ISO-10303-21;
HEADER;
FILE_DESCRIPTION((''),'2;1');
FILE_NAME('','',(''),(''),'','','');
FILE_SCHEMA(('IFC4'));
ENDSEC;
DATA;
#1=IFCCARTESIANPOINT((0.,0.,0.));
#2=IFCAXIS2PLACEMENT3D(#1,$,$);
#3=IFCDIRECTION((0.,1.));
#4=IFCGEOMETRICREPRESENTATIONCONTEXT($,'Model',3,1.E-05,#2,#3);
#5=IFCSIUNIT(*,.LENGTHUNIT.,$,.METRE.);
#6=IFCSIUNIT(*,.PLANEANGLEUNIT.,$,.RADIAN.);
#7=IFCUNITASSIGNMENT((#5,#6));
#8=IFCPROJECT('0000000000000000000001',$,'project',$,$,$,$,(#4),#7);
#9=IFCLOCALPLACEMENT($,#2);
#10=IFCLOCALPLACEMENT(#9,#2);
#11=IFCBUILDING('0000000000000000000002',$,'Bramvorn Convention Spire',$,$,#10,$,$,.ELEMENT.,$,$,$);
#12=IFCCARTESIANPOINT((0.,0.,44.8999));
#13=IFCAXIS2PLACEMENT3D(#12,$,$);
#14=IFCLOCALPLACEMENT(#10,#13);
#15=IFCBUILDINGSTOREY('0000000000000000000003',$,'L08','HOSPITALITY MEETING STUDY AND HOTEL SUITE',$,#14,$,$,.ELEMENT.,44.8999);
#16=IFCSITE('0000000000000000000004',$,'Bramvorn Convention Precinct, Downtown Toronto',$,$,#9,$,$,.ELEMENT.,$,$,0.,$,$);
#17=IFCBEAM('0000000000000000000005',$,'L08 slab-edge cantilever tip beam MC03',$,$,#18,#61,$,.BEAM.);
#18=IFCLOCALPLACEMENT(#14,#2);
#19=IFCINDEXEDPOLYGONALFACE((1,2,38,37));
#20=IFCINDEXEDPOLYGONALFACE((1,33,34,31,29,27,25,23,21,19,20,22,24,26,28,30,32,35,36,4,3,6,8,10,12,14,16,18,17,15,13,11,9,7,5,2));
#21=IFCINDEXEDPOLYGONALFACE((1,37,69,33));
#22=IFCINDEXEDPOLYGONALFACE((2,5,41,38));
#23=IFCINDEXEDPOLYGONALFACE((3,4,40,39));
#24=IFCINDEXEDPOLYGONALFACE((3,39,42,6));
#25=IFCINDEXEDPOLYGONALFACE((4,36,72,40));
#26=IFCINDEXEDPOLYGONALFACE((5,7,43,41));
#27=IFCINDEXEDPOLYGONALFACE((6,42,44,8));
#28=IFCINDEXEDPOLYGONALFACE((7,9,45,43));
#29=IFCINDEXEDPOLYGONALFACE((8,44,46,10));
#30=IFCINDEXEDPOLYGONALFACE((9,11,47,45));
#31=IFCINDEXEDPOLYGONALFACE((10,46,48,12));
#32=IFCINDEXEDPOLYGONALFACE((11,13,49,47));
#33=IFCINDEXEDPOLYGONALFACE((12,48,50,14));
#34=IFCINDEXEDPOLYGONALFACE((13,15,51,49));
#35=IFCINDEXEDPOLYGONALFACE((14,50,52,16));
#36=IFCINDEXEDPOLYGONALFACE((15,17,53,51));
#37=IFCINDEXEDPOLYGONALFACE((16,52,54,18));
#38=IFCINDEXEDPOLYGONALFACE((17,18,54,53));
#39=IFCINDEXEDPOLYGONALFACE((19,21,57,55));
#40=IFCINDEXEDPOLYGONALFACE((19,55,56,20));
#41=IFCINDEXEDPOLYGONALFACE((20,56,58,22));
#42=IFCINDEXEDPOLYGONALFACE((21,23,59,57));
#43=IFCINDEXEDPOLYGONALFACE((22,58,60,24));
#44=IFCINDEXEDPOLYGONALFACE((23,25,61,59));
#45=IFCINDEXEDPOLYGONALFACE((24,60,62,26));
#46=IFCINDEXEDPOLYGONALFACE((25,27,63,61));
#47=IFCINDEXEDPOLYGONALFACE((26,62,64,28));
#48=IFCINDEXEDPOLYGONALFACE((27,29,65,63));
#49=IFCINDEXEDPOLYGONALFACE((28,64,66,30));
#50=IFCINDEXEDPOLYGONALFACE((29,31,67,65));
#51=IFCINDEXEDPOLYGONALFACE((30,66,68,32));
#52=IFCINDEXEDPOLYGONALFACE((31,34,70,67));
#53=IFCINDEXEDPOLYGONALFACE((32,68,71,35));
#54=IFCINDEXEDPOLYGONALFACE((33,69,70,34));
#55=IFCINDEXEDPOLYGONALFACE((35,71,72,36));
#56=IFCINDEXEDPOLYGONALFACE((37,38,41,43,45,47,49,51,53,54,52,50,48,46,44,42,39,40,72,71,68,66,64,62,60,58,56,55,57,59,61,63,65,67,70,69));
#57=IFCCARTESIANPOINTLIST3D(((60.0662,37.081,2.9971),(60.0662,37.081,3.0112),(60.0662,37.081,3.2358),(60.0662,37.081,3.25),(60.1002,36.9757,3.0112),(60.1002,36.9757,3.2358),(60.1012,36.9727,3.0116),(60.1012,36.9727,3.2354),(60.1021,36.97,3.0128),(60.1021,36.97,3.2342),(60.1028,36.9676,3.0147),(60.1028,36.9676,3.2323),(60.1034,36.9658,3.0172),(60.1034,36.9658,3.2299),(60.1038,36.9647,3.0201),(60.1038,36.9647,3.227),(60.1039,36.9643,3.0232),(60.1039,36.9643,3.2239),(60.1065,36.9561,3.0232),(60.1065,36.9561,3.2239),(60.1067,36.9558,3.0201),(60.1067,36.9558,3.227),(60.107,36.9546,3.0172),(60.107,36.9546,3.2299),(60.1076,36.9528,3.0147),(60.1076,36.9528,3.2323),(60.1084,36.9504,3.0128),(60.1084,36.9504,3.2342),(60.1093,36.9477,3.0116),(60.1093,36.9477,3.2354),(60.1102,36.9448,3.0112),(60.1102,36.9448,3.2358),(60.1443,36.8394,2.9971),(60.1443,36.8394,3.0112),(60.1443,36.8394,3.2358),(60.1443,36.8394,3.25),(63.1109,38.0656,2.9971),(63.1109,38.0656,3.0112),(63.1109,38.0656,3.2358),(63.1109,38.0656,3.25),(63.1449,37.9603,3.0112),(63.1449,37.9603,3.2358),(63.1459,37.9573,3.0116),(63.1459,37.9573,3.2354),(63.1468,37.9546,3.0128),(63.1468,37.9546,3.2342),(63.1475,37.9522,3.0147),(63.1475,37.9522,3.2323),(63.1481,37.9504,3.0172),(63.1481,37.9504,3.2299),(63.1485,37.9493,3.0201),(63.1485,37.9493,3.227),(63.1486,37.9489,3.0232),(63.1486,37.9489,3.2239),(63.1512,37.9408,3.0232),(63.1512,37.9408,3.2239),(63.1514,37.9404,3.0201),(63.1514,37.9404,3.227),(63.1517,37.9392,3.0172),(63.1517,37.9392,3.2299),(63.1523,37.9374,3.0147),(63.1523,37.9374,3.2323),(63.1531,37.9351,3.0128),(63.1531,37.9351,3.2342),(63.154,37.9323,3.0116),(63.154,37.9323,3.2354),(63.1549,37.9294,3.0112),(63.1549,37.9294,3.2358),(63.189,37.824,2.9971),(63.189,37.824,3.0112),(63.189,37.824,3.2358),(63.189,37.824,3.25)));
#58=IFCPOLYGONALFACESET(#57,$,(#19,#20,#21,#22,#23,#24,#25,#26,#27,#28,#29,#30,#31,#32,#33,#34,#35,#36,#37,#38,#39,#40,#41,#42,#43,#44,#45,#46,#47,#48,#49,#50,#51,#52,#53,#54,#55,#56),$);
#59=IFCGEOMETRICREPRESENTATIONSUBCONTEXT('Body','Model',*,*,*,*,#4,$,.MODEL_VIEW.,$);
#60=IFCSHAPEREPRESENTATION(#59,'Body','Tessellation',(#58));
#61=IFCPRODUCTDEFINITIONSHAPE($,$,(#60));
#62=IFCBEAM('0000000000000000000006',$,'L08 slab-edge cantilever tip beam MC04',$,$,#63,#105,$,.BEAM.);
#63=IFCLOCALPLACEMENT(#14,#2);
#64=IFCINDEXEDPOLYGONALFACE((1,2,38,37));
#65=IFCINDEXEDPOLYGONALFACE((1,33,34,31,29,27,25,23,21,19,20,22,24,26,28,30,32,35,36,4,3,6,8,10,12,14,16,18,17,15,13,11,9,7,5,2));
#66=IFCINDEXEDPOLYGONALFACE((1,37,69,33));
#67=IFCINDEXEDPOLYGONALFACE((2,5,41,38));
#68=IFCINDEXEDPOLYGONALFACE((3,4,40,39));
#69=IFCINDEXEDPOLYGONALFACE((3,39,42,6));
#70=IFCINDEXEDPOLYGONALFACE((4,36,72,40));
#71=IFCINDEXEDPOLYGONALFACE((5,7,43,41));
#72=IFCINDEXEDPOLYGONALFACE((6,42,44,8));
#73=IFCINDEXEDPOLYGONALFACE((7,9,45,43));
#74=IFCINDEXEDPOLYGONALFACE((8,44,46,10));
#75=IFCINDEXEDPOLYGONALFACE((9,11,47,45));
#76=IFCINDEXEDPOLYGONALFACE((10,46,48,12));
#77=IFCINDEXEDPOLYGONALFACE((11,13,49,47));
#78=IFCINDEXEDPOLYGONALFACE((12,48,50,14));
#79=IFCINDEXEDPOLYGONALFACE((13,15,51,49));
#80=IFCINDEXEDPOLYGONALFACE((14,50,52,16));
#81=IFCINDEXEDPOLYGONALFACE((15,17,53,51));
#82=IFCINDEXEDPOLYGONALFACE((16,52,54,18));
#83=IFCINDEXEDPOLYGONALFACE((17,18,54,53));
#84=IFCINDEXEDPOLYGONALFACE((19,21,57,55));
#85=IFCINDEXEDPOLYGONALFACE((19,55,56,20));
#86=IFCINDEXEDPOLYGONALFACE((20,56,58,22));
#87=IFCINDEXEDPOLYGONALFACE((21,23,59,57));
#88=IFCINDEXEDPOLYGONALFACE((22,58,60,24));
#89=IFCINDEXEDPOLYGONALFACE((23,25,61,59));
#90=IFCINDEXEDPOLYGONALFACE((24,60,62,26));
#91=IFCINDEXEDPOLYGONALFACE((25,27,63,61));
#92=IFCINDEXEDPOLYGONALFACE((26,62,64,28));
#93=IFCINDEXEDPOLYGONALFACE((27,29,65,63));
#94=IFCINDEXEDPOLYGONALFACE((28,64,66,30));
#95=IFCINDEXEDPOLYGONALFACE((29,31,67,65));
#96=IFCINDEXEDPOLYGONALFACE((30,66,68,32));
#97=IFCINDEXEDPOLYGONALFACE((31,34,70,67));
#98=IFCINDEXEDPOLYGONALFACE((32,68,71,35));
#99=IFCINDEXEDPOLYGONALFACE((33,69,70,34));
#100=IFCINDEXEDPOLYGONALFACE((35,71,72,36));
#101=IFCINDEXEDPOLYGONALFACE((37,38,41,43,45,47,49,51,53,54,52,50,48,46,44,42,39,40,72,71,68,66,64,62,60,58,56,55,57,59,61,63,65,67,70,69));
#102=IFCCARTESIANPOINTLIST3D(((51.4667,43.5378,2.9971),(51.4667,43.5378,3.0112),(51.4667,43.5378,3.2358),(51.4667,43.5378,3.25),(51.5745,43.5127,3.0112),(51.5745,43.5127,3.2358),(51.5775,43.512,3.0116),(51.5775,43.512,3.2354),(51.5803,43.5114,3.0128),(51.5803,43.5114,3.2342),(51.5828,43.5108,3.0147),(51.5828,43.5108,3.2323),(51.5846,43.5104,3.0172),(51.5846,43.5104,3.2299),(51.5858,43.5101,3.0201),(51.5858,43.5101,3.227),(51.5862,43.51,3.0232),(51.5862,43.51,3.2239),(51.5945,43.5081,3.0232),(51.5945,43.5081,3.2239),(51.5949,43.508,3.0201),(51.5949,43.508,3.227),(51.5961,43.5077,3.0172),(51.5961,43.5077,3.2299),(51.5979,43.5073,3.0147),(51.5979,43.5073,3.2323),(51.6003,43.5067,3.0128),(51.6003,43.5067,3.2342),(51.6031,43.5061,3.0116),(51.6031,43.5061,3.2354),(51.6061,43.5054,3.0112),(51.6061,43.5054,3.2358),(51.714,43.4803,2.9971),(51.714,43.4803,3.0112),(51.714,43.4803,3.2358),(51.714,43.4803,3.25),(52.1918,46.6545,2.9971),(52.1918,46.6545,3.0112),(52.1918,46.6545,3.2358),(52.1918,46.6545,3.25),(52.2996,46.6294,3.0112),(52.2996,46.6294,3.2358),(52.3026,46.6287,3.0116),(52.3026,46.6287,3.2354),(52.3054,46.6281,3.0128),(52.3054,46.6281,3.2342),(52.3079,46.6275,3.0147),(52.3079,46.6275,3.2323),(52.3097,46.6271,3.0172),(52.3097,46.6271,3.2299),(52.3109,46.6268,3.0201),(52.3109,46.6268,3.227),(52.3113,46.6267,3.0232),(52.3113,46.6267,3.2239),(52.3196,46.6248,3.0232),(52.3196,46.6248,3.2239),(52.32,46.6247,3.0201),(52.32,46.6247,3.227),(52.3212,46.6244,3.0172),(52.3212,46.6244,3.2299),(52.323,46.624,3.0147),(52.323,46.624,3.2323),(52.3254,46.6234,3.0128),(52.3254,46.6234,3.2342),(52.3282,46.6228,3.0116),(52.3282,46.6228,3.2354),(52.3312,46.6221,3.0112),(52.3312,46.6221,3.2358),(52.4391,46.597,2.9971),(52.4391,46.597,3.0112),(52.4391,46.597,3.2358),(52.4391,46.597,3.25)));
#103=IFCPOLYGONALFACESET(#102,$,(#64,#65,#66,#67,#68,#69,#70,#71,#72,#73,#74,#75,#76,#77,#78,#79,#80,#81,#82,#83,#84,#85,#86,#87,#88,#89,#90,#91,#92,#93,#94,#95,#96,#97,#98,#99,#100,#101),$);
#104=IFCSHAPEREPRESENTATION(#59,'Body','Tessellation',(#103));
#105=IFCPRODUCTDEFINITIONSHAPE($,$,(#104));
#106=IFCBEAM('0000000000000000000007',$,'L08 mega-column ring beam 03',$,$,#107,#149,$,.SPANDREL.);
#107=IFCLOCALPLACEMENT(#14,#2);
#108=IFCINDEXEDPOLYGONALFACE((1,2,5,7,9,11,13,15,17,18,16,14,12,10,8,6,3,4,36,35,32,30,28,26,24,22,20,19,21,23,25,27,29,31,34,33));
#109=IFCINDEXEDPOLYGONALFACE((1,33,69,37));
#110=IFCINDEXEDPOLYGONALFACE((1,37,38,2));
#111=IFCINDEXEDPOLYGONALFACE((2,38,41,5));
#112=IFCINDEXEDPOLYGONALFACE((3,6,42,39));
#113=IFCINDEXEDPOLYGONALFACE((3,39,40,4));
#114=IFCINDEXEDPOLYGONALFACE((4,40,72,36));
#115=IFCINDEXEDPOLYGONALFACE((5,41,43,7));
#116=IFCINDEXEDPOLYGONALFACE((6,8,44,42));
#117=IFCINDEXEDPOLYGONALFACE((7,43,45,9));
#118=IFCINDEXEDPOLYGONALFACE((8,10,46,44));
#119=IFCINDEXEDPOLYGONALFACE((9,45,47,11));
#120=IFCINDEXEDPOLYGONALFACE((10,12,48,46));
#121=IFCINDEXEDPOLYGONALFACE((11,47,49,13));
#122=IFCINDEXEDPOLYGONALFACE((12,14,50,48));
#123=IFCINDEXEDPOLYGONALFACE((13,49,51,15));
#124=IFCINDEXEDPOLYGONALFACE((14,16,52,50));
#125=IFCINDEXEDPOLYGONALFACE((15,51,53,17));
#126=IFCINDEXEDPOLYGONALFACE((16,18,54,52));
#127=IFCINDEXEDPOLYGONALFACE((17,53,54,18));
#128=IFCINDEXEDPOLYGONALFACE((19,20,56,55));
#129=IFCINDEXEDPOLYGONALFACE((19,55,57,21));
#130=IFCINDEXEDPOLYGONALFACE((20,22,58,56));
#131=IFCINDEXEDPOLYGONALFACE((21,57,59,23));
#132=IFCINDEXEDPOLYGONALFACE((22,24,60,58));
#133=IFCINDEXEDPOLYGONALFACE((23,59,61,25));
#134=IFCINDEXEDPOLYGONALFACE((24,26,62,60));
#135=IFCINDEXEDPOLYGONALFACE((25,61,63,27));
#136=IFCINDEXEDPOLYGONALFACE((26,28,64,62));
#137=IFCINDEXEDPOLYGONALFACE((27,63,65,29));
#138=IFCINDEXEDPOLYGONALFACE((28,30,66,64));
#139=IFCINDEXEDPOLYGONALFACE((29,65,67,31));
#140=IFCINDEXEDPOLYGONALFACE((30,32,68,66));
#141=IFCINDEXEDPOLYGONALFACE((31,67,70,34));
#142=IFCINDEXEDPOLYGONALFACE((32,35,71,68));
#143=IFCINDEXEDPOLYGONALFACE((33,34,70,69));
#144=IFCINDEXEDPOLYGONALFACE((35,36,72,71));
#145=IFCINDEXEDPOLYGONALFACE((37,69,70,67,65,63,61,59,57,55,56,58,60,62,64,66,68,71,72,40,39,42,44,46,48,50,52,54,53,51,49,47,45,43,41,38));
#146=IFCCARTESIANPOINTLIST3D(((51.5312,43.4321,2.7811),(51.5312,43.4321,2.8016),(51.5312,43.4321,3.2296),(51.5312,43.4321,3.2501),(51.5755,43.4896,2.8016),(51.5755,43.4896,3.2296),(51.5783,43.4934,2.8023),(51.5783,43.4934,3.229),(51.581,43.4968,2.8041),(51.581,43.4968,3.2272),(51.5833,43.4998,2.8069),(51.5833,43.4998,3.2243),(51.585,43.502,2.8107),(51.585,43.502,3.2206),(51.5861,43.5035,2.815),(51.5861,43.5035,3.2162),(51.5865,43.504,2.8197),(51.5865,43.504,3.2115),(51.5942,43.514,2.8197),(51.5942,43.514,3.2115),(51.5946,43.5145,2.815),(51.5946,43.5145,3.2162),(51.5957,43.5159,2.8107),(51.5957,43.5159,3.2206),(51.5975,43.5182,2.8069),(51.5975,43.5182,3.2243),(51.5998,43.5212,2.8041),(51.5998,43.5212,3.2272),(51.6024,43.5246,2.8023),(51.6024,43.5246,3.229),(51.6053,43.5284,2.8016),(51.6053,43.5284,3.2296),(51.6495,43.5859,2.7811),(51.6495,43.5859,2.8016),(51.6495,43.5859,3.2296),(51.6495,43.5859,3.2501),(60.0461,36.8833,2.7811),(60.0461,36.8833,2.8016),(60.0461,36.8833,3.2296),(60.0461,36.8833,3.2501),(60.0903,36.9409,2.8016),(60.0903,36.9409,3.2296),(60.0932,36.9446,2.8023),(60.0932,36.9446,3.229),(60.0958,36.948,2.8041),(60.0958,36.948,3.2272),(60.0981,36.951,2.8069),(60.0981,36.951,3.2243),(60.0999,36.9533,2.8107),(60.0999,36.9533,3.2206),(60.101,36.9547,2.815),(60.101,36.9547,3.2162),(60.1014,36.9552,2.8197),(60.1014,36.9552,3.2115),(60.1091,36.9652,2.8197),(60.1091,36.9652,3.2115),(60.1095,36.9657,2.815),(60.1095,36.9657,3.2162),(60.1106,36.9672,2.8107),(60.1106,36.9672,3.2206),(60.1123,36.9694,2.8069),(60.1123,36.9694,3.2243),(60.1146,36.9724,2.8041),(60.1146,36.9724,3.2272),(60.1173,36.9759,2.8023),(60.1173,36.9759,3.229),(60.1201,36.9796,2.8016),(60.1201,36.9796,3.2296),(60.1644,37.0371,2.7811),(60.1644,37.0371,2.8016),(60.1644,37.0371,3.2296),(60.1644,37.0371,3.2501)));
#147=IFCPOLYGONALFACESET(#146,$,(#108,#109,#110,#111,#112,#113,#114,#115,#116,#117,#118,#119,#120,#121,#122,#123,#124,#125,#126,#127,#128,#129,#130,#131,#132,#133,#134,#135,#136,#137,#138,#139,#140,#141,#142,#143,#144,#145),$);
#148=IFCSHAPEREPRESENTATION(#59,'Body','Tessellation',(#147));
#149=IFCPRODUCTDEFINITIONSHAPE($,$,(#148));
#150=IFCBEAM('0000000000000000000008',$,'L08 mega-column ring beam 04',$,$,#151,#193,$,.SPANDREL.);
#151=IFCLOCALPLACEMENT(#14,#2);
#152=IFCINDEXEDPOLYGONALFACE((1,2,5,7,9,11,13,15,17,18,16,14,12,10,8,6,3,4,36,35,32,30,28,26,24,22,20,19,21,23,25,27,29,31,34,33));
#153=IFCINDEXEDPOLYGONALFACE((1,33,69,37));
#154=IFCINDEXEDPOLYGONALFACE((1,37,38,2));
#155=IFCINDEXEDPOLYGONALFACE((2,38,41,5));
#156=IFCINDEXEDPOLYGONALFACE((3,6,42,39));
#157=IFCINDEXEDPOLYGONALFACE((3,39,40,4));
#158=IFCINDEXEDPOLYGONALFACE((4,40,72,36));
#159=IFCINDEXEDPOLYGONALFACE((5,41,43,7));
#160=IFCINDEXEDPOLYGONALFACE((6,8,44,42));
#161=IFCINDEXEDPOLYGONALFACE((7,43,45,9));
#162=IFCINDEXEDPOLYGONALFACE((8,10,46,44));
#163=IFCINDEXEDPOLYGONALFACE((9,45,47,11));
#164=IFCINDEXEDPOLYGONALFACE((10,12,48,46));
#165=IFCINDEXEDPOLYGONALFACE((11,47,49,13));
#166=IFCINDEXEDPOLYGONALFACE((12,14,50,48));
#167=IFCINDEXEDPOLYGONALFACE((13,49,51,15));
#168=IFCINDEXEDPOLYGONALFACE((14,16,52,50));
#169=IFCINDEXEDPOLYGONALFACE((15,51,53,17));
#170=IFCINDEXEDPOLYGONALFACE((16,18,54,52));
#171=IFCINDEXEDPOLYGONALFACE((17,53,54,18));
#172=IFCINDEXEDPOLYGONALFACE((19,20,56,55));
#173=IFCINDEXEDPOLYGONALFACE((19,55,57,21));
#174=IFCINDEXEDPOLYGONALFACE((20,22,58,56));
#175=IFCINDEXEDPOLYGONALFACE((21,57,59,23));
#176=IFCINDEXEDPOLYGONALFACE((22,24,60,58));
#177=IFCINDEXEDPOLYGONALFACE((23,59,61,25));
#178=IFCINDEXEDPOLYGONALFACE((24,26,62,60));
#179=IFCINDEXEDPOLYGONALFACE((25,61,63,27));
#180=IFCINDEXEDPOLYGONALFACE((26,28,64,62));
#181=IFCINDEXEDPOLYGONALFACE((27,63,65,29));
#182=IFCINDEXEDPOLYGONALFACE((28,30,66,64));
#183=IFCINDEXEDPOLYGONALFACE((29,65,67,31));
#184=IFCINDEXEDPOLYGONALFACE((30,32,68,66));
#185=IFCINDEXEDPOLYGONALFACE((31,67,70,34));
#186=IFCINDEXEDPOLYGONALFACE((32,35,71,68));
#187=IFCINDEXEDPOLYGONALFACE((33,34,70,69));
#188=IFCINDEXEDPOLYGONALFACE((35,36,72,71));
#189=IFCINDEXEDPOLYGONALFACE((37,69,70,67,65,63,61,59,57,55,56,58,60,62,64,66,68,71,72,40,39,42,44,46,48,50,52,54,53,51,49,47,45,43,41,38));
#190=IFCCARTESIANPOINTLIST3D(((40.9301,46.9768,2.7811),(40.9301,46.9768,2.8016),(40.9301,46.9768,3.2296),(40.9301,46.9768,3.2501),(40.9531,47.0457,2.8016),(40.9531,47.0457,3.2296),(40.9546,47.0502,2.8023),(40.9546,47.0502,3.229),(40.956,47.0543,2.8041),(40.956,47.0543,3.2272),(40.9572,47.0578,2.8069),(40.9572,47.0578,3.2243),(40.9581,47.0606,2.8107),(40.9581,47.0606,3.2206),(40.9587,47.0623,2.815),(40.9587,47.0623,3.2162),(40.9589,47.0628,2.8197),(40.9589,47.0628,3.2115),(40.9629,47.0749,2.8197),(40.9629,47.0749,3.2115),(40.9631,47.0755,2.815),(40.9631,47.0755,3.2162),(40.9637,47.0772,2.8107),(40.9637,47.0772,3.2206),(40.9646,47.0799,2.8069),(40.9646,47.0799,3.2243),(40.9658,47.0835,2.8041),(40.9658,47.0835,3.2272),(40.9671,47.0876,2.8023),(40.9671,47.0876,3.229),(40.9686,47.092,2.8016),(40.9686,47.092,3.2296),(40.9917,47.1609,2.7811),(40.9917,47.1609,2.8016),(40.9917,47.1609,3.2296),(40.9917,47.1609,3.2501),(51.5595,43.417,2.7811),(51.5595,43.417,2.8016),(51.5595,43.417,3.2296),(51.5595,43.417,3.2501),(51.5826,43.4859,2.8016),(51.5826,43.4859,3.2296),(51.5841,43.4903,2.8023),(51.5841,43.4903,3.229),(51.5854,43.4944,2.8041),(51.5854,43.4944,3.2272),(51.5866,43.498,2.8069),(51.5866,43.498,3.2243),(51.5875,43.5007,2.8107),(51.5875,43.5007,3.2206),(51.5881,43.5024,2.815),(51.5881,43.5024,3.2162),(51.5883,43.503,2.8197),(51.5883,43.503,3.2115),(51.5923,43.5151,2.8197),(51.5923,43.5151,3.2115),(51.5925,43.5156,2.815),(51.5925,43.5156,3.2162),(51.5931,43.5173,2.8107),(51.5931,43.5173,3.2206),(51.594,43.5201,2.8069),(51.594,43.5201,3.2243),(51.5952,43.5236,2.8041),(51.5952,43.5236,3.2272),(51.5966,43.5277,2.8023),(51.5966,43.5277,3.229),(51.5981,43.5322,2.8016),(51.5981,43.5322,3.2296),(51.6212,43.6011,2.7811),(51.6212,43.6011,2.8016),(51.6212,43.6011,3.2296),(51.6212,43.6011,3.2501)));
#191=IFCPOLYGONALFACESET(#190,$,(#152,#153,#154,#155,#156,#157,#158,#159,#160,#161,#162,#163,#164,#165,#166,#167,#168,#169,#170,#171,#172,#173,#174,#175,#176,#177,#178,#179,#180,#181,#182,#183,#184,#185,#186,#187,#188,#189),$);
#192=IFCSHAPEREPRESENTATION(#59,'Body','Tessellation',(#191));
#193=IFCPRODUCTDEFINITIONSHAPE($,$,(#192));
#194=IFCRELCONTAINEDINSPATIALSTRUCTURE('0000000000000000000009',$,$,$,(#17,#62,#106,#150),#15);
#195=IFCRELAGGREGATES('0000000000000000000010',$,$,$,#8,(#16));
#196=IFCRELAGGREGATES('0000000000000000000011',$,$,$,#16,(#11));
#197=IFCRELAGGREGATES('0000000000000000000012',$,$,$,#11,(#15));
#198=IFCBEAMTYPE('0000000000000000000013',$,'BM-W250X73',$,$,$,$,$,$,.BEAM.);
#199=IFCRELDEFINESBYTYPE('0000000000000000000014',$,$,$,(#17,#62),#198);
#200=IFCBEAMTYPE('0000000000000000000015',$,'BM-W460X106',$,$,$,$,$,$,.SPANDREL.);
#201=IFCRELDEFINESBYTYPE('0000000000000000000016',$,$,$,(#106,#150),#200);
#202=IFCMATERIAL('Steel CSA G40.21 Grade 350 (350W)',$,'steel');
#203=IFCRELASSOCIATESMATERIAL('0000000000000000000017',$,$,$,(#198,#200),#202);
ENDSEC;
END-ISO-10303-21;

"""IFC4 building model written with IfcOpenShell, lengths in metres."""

from ifc_helpers import new_model, si_unit, direction, frame, origin, origin_2d, place, context, subcontext, project, spatial, i_section, extrude, material, material_profile, profile_set, type_object, element, save


model = new_model("IFC4")

# Units and contexts
model_context = context("Model", 3, precision=1e-05, world=origin(), true_north=direction((0.0, 1.0)))
body_context = subcontext(model_context, "Body", "Model", "MODEL_VIEW")
ifc_project = project(units=[si_unit("LENGTHUNIT", "METRE"), si_unit("PLANEANGLEUNIT", "RADIAN")], contexts=[model_context])

# Site, building, storey
site_placement = place(None, origin())
site = spatial("IfcSite", under=ifc_project, at=site_placement, Name="Bramvorn Convention Precinct, Downtown Toronto", CompositionType="ELEMENT", RefElevation=0.0)
building_placement = place(site_placement, origin())
building = spatial("IfcBuilding", under=site, at=building_placement, Name="Bramvorn Convention Spire", CompositionType="ELEMENT")
storey_placement = place(building_placement, frame((0.0, 0.0, 44.8999)))
storey = spatial("IfcBuildingStorey", under=building, at=storey_placement, Name="L08", Description="HOSPITALITY MEETING STUDY AND HOTEL SUITE", CompositionType="ELEMENT", Elevation=44.8999)

# Shared definitions
ifc_material_1 = material(Name="Steel CSA G40.21 Grade 350 (350W)", Category="steel")

# Beams
ifc_material_profile_1 = material_profile(ifc_material_1, i_section(OverallWidth=0.2539, OverallDepth=0.2529, WebThickness=0.0085, FlangeThickness=0.0142, FilletRadius=0.012, at=origin_2d()))
ifc_profile_set_1 = profile_set([ifc_material_profile_1], Name="Steel CSA G40.21 Grade 350 (350W) - W250X73")
beam_type_1 = type_object("IfcBeamType", Name="BM-W250X73", PredefinedType="BEAM", material=ifc_profile_set_1)
for number, where, z_axis, x_axis, name in (
    (1, (60.1052, 36.9602, 3.1235), (0.951483, 0.3077, 0.0), (-0.3077, 0.951483, 0.0), "L08 slab-edge cantilever tip beam MC03"),
    (2, (51.5903, 43.509, 3.1235), (0.226598, 0.973988, 0.0), (-0.973988, 0.226598, 0.0), "L08 slab-edge cantilever tip beam MC04"),
):
    element("IfcBeam", number, at=place(storey_placement, frame(where, z_axis=z_axis, x_axis=x_axis)), inside=storey, type_object=beam_type_1, Name=name, PredefinedType="BEAM", context=body_context, shape_type="SweptSolid", body=[
        extrude(i_section(OverallWidth=0.2539, OverallDepth=0.2529, WebThickness=0.0085, FlangeThickness=0.0142, FilletRadius=0.012, at=origin_2d()), origin(), (0.0, 0.0, 1.0), 3.2),
    ])
ifc_material_profile_2 = material_profile(ifc_material_1, i_section(OverallWidth=0.1941, OverallDepth=0.469, WebThickness=0.0127, FlangeThickness=0.0205, FilletRadius=0.0181, at=origin_2d()))
ifc_profile_set_2 = profile_set([ifc_material_profile_2], Name="Steel CSA G40.21 Grade 350 (350W) - W460X106")
beam_type_2 = type_object("IfcBeamType", Name="BM-W460X106", PredefinedType="SPANDREL", material=ifc_profile_set_2)
beam_1_placement = place(storey_placement, frame((60.1052, 36.9602, 3.0156), z_axis=(-0.792673, 0.609647, 0.0), x_axis=(-0.609647, -0.792673, 0.0)))
element("IfcBeam", 3, at=beam_1_placement, inside=storey, type_object=beam_type_2, Name="L08 mega-column ring beam 03", PredefinedType="SPANDREL", context=body_context, shape_type="SweptSolid", body=[
    extrude(i_section(OverallWidth=0.1941, OverallDepth=0.469, WebThickness=0.0127, FlangeThickness=0.0205, FilletRadius=0.0181, at=origin_2d()), origin(), (0.0, 0.0, 1.0), 10.7419),
])
beam_2_placement = place(storey_placement, frame((51.5903, 43.509, 3.0156), z_axis=(-0.948236, 0.317567, 0.0), x_axis=(-0.317567, -0.948236, 0.0)))
element("IfcBeam", 4, at=beam_2_placement, inside=storey, type_object=beam_type_2, Name="L08 mega-column ring beam 04", PredefinedType="SPANDREL", context=body_context, shape_type="SweptSolid", body=[
    extrude(i_section(OverallWidth=0.1941, OverallDepth=0.469, WebThickness=0.0127, FlangeThickness=0.0205, FilletRadius=0.0181, at=origin_2d()), origin(), (0.0, 0.0, 1.0), 11.2097),
])

save(model, "model.ifc")
